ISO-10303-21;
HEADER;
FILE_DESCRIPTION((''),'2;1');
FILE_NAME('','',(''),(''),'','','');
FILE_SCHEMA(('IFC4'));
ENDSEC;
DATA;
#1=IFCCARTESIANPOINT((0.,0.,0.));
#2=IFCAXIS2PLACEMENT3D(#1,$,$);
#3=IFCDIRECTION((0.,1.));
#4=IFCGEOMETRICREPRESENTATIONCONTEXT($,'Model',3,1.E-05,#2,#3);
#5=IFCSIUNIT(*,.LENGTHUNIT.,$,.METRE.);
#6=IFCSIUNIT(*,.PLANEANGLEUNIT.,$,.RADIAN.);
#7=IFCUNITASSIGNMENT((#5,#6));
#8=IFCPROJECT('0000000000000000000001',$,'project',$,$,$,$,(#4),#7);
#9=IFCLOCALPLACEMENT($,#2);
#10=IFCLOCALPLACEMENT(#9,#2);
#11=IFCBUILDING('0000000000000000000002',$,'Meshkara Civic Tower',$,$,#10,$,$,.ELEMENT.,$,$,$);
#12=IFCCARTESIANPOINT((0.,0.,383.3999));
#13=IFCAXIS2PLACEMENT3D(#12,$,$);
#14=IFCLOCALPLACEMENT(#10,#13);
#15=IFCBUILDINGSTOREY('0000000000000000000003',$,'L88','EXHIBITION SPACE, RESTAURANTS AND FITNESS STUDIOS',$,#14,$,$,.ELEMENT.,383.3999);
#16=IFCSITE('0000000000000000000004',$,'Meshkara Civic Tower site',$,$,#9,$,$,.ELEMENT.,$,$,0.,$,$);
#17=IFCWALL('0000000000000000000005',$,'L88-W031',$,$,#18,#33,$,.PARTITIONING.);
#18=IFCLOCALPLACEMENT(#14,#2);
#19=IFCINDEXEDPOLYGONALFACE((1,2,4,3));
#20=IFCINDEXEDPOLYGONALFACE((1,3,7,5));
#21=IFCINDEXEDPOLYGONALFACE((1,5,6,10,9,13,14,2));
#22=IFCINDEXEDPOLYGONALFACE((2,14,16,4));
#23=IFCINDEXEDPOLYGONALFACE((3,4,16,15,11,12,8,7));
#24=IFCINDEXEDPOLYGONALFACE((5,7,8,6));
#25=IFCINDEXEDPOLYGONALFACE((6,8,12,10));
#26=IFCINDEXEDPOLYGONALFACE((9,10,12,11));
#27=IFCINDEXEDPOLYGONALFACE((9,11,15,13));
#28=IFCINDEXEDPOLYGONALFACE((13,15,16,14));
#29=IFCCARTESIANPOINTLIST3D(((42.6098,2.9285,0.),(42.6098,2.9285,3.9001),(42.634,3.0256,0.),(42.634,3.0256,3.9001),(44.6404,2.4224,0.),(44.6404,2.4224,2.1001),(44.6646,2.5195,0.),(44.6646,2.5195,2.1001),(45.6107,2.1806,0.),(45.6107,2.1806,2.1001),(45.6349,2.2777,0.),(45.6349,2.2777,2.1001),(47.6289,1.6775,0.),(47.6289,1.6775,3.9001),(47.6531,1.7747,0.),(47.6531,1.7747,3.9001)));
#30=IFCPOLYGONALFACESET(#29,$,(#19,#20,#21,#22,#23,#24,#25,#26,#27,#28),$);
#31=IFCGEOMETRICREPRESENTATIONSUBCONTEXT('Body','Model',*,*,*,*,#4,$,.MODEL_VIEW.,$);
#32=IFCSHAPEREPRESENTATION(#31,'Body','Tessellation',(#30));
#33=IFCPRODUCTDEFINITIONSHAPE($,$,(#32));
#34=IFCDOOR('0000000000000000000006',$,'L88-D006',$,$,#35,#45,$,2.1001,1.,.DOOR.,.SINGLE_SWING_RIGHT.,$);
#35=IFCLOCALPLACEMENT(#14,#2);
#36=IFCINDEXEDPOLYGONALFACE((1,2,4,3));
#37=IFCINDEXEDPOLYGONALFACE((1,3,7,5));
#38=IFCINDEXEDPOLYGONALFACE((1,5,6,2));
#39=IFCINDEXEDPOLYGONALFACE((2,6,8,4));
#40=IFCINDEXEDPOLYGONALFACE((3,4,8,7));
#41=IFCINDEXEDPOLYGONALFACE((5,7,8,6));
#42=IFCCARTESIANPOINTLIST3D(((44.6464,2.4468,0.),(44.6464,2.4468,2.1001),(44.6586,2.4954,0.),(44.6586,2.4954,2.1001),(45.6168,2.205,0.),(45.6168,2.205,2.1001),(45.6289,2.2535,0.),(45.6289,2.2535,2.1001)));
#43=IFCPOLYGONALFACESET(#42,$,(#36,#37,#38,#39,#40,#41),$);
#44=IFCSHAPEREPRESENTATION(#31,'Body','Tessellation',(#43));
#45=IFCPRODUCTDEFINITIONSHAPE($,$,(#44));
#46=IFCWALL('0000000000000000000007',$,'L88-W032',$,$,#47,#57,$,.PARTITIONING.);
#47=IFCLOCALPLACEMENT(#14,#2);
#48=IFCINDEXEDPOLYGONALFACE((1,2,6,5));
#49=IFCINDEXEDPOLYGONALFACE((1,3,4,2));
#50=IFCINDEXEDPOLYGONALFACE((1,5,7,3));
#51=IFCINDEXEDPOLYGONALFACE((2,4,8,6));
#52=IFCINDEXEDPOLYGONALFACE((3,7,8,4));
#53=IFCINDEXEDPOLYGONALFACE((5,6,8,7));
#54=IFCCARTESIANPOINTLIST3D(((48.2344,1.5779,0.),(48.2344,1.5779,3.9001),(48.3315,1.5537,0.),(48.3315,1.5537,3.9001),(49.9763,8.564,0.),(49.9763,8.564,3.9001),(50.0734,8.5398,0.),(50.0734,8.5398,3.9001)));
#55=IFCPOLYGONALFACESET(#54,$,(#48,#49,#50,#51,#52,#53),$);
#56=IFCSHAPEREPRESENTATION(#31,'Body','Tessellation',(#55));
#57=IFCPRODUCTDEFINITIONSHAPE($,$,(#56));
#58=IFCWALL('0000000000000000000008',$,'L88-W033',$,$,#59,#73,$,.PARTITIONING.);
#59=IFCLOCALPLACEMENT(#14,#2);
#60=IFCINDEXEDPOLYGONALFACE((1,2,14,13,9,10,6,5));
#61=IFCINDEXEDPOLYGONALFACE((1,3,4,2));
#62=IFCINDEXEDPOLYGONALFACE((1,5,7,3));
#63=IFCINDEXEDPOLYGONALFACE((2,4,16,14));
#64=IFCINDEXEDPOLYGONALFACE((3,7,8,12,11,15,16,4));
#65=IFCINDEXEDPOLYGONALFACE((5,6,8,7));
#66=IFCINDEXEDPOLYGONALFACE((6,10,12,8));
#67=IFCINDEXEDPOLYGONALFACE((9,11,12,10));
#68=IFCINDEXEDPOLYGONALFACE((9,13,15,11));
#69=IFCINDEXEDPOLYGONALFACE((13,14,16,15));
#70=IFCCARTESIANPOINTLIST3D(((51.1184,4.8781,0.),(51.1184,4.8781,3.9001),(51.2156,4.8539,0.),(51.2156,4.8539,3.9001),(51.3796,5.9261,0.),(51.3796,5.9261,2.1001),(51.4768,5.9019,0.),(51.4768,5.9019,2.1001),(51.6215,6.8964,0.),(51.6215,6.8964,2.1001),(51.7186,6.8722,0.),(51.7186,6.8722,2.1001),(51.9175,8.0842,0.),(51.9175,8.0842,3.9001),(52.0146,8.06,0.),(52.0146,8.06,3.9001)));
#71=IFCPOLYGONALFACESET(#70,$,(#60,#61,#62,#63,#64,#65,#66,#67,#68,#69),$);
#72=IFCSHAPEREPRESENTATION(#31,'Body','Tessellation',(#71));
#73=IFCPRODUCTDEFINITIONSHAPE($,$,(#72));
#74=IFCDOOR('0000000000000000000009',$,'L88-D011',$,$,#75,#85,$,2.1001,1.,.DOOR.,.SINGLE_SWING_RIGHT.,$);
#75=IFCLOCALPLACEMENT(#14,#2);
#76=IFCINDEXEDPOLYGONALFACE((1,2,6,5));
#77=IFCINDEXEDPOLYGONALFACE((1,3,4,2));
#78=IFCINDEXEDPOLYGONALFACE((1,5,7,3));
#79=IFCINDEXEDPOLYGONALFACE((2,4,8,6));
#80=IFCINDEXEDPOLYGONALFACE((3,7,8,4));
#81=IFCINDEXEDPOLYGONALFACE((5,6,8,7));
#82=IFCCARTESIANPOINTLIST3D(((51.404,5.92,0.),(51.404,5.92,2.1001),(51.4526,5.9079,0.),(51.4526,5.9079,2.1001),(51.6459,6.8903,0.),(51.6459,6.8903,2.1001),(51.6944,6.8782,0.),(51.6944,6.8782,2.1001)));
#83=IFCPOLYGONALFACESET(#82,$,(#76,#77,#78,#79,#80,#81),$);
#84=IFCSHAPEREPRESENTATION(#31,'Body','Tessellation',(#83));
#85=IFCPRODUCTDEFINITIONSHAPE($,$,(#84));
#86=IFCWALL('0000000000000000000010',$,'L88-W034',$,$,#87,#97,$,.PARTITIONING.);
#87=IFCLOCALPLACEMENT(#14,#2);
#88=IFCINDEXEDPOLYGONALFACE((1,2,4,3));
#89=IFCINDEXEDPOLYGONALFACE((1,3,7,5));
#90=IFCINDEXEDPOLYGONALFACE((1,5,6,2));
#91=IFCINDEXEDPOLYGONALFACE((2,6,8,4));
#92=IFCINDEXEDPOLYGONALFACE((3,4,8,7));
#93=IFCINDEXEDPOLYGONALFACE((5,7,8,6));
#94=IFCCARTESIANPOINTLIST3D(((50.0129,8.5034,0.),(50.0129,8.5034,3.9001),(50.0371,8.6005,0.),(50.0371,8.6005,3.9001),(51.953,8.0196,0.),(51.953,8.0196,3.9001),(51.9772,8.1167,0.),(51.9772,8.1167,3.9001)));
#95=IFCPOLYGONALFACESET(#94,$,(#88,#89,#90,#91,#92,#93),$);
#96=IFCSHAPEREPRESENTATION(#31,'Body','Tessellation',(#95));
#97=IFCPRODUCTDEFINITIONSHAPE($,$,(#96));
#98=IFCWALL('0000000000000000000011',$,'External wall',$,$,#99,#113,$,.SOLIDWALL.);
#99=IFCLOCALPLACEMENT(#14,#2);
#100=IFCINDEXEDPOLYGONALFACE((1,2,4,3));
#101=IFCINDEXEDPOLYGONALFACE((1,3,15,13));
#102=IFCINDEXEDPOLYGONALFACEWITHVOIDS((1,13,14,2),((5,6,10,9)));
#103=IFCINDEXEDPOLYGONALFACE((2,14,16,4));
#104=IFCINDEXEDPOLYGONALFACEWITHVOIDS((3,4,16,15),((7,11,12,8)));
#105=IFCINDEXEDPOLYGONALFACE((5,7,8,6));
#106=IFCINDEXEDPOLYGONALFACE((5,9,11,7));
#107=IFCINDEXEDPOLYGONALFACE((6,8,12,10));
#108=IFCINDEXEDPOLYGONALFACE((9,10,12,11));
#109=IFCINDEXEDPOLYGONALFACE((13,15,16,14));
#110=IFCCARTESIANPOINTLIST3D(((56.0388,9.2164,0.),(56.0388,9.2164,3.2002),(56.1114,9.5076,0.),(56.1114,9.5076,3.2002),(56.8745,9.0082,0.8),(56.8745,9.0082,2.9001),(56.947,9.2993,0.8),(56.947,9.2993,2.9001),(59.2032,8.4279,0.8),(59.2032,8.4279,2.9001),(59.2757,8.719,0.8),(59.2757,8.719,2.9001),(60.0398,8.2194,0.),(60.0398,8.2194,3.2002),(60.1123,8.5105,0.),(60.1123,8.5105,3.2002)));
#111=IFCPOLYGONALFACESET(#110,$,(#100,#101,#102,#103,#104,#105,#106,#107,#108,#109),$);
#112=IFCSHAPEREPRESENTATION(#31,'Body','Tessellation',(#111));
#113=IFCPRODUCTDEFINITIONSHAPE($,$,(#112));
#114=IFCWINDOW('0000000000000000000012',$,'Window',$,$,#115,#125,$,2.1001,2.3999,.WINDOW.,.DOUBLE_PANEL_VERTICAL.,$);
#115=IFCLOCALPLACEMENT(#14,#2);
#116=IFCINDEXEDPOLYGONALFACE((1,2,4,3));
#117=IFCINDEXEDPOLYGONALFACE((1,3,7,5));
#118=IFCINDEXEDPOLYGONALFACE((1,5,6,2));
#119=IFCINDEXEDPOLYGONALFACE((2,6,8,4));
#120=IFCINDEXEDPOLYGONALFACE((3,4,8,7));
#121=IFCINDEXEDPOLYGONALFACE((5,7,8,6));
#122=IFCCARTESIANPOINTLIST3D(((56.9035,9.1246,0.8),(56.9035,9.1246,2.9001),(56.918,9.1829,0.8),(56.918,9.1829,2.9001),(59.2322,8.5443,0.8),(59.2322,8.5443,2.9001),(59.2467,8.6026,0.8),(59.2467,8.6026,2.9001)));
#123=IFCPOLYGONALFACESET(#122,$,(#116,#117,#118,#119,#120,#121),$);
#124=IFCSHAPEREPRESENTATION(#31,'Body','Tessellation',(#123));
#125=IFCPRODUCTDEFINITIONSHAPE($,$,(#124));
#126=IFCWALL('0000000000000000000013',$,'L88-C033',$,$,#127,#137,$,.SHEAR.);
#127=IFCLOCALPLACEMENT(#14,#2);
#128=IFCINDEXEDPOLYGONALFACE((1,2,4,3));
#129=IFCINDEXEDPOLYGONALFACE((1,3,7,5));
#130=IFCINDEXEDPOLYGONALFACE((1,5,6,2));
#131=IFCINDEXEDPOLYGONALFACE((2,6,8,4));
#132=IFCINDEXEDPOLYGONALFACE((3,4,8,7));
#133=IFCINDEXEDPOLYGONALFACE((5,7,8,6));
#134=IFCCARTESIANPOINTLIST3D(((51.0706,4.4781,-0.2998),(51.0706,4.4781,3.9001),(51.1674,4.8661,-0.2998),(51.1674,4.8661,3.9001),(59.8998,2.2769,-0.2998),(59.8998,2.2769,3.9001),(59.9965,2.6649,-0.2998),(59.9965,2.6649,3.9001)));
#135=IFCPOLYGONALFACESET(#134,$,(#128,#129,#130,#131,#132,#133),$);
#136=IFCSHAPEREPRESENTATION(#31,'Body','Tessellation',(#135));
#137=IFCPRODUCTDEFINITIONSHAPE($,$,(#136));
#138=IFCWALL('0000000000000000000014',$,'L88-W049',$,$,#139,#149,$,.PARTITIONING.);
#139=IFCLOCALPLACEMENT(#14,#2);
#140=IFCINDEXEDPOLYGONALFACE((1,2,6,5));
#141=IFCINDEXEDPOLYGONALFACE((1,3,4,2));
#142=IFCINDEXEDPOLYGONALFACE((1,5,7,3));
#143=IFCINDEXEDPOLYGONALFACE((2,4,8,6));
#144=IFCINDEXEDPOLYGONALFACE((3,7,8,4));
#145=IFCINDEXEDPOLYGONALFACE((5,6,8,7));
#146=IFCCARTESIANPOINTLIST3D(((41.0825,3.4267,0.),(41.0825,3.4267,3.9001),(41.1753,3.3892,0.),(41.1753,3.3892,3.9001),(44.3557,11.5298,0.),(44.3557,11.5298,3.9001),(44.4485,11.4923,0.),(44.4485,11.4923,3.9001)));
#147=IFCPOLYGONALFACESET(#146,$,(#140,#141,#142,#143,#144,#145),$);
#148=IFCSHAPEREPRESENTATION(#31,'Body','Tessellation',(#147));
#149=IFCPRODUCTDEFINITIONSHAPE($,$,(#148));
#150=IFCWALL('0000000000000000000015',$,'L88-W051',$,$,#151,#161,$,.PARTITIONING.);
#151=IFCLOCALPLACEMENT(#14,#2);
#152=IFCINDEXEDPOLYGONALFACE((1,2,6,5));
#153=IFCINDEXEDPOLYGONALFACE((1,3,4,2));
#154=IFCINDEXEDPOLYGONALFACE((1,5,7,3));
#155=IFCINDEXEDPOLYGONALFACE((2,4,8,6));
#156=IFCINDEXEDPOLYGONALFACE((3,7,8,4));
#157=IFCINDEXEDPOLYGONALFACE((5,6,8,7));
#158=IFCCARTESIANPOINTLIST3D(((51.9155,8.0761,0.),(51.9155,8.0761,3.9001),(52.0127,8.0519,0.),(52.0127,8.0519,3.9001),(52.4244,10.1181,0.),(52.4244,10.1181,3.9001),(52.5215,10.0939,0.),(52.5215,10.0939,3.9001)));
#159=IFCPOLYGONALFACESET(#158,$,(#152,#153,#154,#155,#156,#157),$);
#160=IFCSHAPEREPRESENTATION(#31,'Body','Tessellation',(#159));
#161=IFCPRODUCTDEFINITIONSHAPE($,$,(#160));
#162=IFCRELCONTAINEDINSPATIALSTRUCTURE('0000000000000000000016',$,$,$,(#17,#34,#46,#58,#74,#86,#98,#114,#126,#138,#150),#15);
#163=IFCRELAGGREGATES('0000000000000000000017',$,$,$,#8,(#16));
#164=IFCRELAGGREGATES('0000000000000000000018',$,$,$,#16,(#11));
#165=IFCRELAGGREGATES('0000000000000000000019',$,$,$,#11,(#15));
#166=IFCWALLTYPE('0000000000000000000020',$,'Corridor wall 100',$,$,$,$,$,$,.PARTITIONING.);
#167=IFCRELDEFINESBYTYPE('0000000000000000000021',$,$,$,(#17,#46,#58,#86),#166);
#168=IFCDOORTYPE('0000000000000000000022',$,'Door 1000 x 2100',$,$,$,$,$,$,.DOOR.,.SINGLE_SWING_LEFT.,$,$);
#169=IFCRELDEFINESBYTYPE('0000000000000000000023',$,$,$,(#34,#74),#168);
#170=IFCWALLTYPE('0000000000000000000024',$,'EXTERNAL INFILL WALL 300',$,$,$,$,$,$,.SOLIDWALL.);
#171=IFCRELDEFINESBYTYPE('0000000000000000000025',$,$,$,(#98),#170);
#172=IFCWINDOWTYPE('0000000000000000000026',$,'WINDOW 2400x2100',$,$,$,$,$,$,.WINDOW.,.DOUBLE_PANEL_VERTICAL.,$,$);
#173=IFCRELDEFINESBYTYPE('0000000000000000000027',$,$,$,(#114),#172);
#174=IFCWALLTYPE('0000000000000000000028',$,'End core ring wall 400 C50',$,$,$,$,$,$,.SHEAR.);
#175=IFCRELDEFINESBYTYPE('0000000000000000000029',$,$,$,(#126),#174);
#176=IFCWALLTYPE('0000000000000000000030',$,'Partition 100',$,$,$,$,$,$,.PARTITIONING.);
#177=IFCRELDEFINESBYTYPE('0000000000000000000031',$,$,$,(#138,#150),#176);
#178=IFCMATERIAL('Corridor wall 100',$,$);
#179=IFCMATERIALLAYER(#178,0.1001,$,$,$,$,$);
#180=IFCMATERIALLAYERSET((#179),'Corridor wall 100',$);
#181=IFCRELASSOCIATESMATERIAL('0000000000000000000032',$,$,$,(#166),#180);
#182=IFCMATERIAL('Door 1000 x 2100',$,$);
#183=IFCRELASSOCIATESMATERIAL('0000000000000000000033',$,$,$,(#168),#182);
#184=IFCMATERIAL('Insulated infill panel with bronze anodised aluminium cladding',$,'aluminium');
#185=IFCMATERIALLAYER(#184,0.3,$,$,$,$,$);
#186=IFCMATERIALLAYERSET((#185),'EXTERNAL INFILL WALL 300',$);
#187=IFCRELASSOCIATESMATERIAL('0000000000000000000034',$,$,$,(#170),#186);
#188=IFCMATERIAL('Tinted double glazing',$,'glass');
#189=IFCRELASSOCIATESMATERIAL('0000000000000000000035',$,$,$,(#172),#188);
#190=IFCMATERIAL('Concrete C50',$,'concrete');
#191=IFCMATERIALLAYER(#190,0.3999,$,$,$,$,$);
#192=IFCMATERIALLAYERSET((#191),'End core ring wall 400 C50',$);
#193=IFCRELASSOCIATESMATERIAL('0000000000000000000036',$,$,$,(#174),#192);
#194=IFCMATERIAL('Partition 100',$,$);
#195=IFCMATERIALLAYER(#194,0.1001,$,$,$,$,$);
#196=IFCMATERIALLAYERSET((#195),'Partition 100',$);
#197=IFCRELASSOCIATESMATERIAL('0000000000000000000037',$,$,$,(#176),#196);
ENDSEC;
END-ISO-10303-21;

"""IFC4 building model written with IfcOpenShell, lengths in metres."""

from ifc_helpers import new_model, si_unit, direction, frame, frame_2d, origin, place, context, subcontext, project, spatial, rectangle, extrude, material, layer, layer_set, type_object, element, fill, save


model = new_model("IFC4")

# Units and contexts
model_context = context("Model", 3, precision=1e-05, world=origin(), true_north=direction((0.0, 1.0)))
body_context = subcontext(model_context, "Body", "Model", "MODEL_VIEW")
ifc_project = project(units=[si_unit("LENGTHUNIT", "METRE"), si_unit("PLANEANGLEUNIT", "RADIAN")], contexts=[model_context])

# Site, building, storey
site_placement = place(None, origin())
site = spatial("IfcSite", under=ifc_project, at=site_placement, Name="Meshkara Civic Tower site", CompositionType="ELEMENT", RefElevation=0.0)
building_placement = place(site_placement, origin())
building = spatial("IfcBuilding", under=site, at=building_placement, Name="Meshkara Civic Tower", CompositionType="ELEMENT")
storey_placement = place(building_placement, frame((0.0, 0.0, 383.3999)))
storey = spatial("IfcBuildingStorey", under=building, at=storey_placement, Name="L88", Description="EXHIBITION SPACE, RESTAURANTS AND FITNESS STUDIOS", CompositionType="ELEMENT", Elevation=383.3999)

# Shared definitions
ifc_material_1 = material(Name="Corridor wall 100")
ifc_layer_1 = layer(ifc_material_1, 0.1001)
ifc_layer_set_1 = layer_set([ifc_layer_1], Name="Corridor wall 100")
wall_type_1 = type_object("IfcWallType", Name="Corridor wall 100", PredefinedType="PARTITIONING", material=ifc_layer_set_1)
ifc_material_2 = material(Name="Door 1000 x 2100")
door_type_1 = type_object("IfcDoorType", Name="Door 1000 x 2100", OperationType="SINGLE_SWING_LEFT", PredefinedType="DOOR", material=ifc_material_2)

# Wall, opening, door
wall_1_placement = place(storey_placement, frame((47.6411, 1.7261, 0.0), z_axis=(0.0, 0.0, 1.0), x_axis=(-0.970314, 0.241847, 0.0)))
wall_1 = element("IfcWall", 1, at=wall_1_placement, inside=storey, type_object=wall_type_1, Name="L88-W031", PredefinedType="PARTITIONING", context=body_context, shape_type="SweptSolid", body=[
    extrude(rectangle(XDim=5.1726, YDim=0.1001, at=frame_2d((2.5864, 0.0))), origin(), (0.0, 0.0, 1.0), 3.9001),
])
opening_1_placement = place(wall_1_placement, frame((2.0801, 0.0, 0.0)))
opening_1 = element("IfcOpeningElement", 2, at=opening_1_placement, cuts=wall_1, PredefinedType="OPENING", context=body_context, shape_type="SweptSolid", body=[
    extrude(rectangle(XDim=1.0, YDim=2.1001, at=frame_2d((0.5, 1.05))), frame((0.0, 0.0601, 0.0), z_axis=(0.0, -1.0, 0.0), x_axis=(1.0, 0.0, 0.0)), (0.0, 0.0, 1.0), 0.1201),
])
door_1_placement = place(opening_1_placement, origin())
door_1 = element("IfcDoor", 3, at=door_1_placement, inside=storey, type_object=door_type_1, Name="L88-D006", OperationType="SINGLE_SWING_RIGHT", OverallHeight=2.1001, OverallWidth=1.0, PredefinedType="DOOR", context=body_context, shape_type="SweptSolid", body=[
    extrude(rectangle(XDim=1.0, YDim=2.1001, at=frame_2d((0.5, 1.05))), frame((0.0, 0.0249, 0.0), z_axis=(0.0, -1.0, 0.0), x_axis=(1.0, 0.0, 0.0)), (0.0, 0.0, 1.0), 0.05),
])
fill(opening_1, door_1)

# Wall
wall_2_placement = place(storey_placement, frame((50.0249, 8.552, 0.0), z_axis=(0.0, 0.0, 1.0), x_axis=(-0.241937, -0.970292, 0.0)))
element("IfcWall", 4, at=wall_2_placement, inside=storey, type_object=wall_type_1, Name="L88-W032", PredefinedType="PARTITIONING", context=body_context, shape_type="SweptSolid", body=[
    extrude(rectangle(XDim=7.2, YDim=0.1001, at=frame_2d((3.6001, 0.0))), origin(), (0.0, 0.0, 1.0), 3.9001),
])

# Wall, opening, door
wall_3_placement = place(storey_placement, frame((51.167, 4.866, 0.0), z_axis=(0.0, 0.0, 1.0), x_axis=(0.24184, 0.970316, 0.0)))
wall_3 = element("IfcWall", 5, at=wall_3_placement, inside=storey, type_object=wall_type_1, Name="L88-W033", PredefinedType="PARTITIONING", context=body_context, shape_type="SweptSolid", body=[
    extrude(rectangle(XDim=3.3042, YDim=0.1001, at=frame_2d((1.6521, 0.0))), origin(), (0.0, 0.0, 1.0), 3.9001),
])
opening_2_placement = place(wall_3_placement, frame((1.0801, 0.0, 0.0)))
opening_2 = element("IfcOpeningElement", 6, at=opening_2_placement, cuts=wall_3, PredefinedType="OPENING", context=body_context, shape_type="SweptSolid", body=[
    extrude(rectangle(XDim=1.0, YDim=2.1001, at=frame_2d((0.5, 1.05))), frame((0.0, 0.0601, 0.0), z_axis=(0.0, -1.0, 0.0), x_axis=(1.0, 0.0, 0.0)), (0.0, 0.0, 1.0), 0.1201),
])
door_2_placement = place(opening_2_placement, origin())
door_2 = element("IfcDoor", 7, at=door_2_placement, inside=storey, type_object=door_type_1, Name="L88-D011", OperationType="SINGLE_SWING_RIGHT", OverallHeight=2.1001, OverallWidth=1.0, PredefinedType="DOOR", context=body_context, shape_type="SweptSolid", body=[
    extrude(rectangle(XDim=1.0, YDim=2.1001, at=frame_2d((0.5, 1.05))), frame((0.0, 0.0249, 0.0), z_axis=(0.0, -1.0, 0.0), x_axis=(1.0, 0.0, 0.0)), (0.0, 0.0, 1.0), 0.05),
])
fill(opening_2, door_2)

# Wall
wall_4_placement = place(storey_placement, frame((51.9651, 8.0681, 0.0), z_axis=(0.0, 0.0, 1.0), x_axis=(-0.970279, 0.24199, 0.0)))
element("IfcWall", 8, at=wall_4_placement, inside=storey, type_object=wall_type_1, Name="L88-W034", PredefinedType="PARTITIONING", context=body_context, shape_type="SweptSolid", body=[
    extrude(rectangle(XDim=1.9995, YDim=0.1001, at=frame_2d((0.9998, 0.0))), origin(), (0.0, 0.0, 1.0), 3.9001),
])

# Wall, opening, window
ifc_material_3 = material(Name="Insulated infill panel with bronze anodised aluminium cladding", Category="aluminium")
ifc_layer_2 = layer(ifc_material_3, 0.3)
ifc_layer_set_2 = layer_set([ifc_layer_2], Name="EXTERNAL INFILL WALL 300")
wall_type_2 = type_object("IfcWallType", Name="EXTERNAL INFILL WALL 300", PredefinedType="SOLIDWALL", material=ifc_layer_set_2)
wall_5_placement = place(storey_placement, frame((60.0759, 8.365, 0.0), z_axis=(0.0, 0.0, 1.0), x_axis=(-0.970323, 0.241811, 0.0)))
wall_5 = element("IfcWall", 9, at=wall_5_placement, inside=storey, type_object=wall_type_2, Name="External wall", PredefinedType="SOLIDWALL", context=body_context, shape_type="SweptSolid", body=[
    extrude(rectangle(XDim=4.1233, YDim=0.3, at=frame_2d((2.0615, 0.0))), origin(), (0.0, 0.0, 1.0), 3.2002),
])
opening_3_placement = place(wall_5_placement, frame((0.8621, 0.0, 0.8)))
opening_3 = element("IfcOpeningElement", 10, at=opening_3_placement, cuts=wall_5, PredefinedType="OPENING", context=body_context, shape_type="SweptSolid", body=[
    extrude(rectangle(XDim=2.3999, YDim=2.1001, at=frame_2d((1.2, 1.05))), frame((0.0, 0.1599, 0.0), z_axis=(0.0, -1.0, 0.0), x_axis=(1.0, 0.0, 0.0)), (0.0, 0.0, 1.0), 0.3201),
])
ifc_material_4 = material(Name="Tinted double glazing", Category="glass")
window_type = type_object("IfcWindowType", Name="WINDOW 2400x2100", PartitioningType="DOUBLE_PANEL_VERTICAL", PredefinedType="WINDOW", material=ifc_material_4)
window_placement = place(opening_3_placement, origin())
window = element("IfcWindow", 11, at=window_placement, inside=storey, type_object=window_type, Name="Window", OverallHeight=2.1001, OverallWidth=2.3999, PartitioningType="DOUBLE_PANEL_VERTICAL", PredefinedType="WINDOW", context=body_context, shape_type="SweptSolid", body=[
    extrude(rectangle(XDim=2.3999, YDim=2.1001, at=frame_2d((1.2, 1.05))), frame((0.0, 0.03, 0.0), z_axis=(0.0, -1.0, 0.0), x_axis=(1.0, 0.0, 0.0)), (0.0, 0.0, 1.0), 0.0601),
])
fill(opening_3, window)

# Walls
ifc_material_5 = material(Name="Concrete C50", Category="concrete")
ifc_layer_3 = layer(ifc_material_5, 0.3999)
ifc_layer_set_3 = layer_set([ifc_layer_3], Name="End core ring wall 400 C50")
wall_type_3 = type_object("IfcWallType", Name="End core ring wall 400 C50", PredefinedType="SHEAR", material=ifc_layer_set_3)
wall_6_placement = place(storey_placement, frame((51.1189, 4.6721, -0.2998), z_axis=(0.0, 0.0, 1.0), x_axis=(0.9703, -0.241904, 0.0)))
element("IfcWall", 12, at=wall_6_placement, inside=storey, type_object=wall_type_3, Name="L88-C033", PredefinedType="SHEAR", context=body_context, shape_type="SweptSolid", body=[
    extrude(rectangle(XDim=9.0994, YDim=0.3999, at=frame_2d((4.5498, 0.0))), origin(), (0.0, 0.0, 1.0), 4.2),
])
ifc_material_6 = material(Name="Partition 100")
ifc_layer_4 = layer(ifc_material_6, 0.1001)
ifc_layer_set_4 = layer_set([ifc_layer_4], Name="Partition 100")
wall_type_4 = type_object("IfcWallType", Name="Partition 100", PredefinedType="PARTITIONING", material=ifc_layer_set_4)
wall_7_placement = place(storey_placement, frame((41.1289, 3.408, 0.0), z_axis=(0.0, 0.0, 1.0), x_axis=(0.374543, 0.927209, 0.0)))
element("IfcWall", 13, at=wall_7_placement, inside=storey, type_object=wall_type_4, Name="L88-W049", PredefinedType="PARTITIONING", context=body_context, shape_type="SweptSolid", body=[
    extrude(rectangle(XDim=8.7393, YDim=0.1001, at=frame_2d((4.3696, 0.0))), origin(), (0.0, 0.0, 1.0), 3.9001),
])
wall_8_placement = place(storey_placement, frame((51.9641, 8.064, 0.0), z_axis=(0.0, 0.0, 1.0), x_axis=(0.241771, 0.970333, 0.0)))
element("IfcWall", 14, at=wall_8_placement, inside=storey, type_object=wall_type_4, Name="L88-W051", PredefinedType="PARTITIONING", context=body_context, shape_type="SweptSolid", body=[
    extrude(rectangle(XDim=2.1045, YDim=0.1001, at=frame_2d((1.0522, 0.0))), origin(), (0.0, 0.0, 1.0), 3.9001),
])

save(model, "model.ifc")
